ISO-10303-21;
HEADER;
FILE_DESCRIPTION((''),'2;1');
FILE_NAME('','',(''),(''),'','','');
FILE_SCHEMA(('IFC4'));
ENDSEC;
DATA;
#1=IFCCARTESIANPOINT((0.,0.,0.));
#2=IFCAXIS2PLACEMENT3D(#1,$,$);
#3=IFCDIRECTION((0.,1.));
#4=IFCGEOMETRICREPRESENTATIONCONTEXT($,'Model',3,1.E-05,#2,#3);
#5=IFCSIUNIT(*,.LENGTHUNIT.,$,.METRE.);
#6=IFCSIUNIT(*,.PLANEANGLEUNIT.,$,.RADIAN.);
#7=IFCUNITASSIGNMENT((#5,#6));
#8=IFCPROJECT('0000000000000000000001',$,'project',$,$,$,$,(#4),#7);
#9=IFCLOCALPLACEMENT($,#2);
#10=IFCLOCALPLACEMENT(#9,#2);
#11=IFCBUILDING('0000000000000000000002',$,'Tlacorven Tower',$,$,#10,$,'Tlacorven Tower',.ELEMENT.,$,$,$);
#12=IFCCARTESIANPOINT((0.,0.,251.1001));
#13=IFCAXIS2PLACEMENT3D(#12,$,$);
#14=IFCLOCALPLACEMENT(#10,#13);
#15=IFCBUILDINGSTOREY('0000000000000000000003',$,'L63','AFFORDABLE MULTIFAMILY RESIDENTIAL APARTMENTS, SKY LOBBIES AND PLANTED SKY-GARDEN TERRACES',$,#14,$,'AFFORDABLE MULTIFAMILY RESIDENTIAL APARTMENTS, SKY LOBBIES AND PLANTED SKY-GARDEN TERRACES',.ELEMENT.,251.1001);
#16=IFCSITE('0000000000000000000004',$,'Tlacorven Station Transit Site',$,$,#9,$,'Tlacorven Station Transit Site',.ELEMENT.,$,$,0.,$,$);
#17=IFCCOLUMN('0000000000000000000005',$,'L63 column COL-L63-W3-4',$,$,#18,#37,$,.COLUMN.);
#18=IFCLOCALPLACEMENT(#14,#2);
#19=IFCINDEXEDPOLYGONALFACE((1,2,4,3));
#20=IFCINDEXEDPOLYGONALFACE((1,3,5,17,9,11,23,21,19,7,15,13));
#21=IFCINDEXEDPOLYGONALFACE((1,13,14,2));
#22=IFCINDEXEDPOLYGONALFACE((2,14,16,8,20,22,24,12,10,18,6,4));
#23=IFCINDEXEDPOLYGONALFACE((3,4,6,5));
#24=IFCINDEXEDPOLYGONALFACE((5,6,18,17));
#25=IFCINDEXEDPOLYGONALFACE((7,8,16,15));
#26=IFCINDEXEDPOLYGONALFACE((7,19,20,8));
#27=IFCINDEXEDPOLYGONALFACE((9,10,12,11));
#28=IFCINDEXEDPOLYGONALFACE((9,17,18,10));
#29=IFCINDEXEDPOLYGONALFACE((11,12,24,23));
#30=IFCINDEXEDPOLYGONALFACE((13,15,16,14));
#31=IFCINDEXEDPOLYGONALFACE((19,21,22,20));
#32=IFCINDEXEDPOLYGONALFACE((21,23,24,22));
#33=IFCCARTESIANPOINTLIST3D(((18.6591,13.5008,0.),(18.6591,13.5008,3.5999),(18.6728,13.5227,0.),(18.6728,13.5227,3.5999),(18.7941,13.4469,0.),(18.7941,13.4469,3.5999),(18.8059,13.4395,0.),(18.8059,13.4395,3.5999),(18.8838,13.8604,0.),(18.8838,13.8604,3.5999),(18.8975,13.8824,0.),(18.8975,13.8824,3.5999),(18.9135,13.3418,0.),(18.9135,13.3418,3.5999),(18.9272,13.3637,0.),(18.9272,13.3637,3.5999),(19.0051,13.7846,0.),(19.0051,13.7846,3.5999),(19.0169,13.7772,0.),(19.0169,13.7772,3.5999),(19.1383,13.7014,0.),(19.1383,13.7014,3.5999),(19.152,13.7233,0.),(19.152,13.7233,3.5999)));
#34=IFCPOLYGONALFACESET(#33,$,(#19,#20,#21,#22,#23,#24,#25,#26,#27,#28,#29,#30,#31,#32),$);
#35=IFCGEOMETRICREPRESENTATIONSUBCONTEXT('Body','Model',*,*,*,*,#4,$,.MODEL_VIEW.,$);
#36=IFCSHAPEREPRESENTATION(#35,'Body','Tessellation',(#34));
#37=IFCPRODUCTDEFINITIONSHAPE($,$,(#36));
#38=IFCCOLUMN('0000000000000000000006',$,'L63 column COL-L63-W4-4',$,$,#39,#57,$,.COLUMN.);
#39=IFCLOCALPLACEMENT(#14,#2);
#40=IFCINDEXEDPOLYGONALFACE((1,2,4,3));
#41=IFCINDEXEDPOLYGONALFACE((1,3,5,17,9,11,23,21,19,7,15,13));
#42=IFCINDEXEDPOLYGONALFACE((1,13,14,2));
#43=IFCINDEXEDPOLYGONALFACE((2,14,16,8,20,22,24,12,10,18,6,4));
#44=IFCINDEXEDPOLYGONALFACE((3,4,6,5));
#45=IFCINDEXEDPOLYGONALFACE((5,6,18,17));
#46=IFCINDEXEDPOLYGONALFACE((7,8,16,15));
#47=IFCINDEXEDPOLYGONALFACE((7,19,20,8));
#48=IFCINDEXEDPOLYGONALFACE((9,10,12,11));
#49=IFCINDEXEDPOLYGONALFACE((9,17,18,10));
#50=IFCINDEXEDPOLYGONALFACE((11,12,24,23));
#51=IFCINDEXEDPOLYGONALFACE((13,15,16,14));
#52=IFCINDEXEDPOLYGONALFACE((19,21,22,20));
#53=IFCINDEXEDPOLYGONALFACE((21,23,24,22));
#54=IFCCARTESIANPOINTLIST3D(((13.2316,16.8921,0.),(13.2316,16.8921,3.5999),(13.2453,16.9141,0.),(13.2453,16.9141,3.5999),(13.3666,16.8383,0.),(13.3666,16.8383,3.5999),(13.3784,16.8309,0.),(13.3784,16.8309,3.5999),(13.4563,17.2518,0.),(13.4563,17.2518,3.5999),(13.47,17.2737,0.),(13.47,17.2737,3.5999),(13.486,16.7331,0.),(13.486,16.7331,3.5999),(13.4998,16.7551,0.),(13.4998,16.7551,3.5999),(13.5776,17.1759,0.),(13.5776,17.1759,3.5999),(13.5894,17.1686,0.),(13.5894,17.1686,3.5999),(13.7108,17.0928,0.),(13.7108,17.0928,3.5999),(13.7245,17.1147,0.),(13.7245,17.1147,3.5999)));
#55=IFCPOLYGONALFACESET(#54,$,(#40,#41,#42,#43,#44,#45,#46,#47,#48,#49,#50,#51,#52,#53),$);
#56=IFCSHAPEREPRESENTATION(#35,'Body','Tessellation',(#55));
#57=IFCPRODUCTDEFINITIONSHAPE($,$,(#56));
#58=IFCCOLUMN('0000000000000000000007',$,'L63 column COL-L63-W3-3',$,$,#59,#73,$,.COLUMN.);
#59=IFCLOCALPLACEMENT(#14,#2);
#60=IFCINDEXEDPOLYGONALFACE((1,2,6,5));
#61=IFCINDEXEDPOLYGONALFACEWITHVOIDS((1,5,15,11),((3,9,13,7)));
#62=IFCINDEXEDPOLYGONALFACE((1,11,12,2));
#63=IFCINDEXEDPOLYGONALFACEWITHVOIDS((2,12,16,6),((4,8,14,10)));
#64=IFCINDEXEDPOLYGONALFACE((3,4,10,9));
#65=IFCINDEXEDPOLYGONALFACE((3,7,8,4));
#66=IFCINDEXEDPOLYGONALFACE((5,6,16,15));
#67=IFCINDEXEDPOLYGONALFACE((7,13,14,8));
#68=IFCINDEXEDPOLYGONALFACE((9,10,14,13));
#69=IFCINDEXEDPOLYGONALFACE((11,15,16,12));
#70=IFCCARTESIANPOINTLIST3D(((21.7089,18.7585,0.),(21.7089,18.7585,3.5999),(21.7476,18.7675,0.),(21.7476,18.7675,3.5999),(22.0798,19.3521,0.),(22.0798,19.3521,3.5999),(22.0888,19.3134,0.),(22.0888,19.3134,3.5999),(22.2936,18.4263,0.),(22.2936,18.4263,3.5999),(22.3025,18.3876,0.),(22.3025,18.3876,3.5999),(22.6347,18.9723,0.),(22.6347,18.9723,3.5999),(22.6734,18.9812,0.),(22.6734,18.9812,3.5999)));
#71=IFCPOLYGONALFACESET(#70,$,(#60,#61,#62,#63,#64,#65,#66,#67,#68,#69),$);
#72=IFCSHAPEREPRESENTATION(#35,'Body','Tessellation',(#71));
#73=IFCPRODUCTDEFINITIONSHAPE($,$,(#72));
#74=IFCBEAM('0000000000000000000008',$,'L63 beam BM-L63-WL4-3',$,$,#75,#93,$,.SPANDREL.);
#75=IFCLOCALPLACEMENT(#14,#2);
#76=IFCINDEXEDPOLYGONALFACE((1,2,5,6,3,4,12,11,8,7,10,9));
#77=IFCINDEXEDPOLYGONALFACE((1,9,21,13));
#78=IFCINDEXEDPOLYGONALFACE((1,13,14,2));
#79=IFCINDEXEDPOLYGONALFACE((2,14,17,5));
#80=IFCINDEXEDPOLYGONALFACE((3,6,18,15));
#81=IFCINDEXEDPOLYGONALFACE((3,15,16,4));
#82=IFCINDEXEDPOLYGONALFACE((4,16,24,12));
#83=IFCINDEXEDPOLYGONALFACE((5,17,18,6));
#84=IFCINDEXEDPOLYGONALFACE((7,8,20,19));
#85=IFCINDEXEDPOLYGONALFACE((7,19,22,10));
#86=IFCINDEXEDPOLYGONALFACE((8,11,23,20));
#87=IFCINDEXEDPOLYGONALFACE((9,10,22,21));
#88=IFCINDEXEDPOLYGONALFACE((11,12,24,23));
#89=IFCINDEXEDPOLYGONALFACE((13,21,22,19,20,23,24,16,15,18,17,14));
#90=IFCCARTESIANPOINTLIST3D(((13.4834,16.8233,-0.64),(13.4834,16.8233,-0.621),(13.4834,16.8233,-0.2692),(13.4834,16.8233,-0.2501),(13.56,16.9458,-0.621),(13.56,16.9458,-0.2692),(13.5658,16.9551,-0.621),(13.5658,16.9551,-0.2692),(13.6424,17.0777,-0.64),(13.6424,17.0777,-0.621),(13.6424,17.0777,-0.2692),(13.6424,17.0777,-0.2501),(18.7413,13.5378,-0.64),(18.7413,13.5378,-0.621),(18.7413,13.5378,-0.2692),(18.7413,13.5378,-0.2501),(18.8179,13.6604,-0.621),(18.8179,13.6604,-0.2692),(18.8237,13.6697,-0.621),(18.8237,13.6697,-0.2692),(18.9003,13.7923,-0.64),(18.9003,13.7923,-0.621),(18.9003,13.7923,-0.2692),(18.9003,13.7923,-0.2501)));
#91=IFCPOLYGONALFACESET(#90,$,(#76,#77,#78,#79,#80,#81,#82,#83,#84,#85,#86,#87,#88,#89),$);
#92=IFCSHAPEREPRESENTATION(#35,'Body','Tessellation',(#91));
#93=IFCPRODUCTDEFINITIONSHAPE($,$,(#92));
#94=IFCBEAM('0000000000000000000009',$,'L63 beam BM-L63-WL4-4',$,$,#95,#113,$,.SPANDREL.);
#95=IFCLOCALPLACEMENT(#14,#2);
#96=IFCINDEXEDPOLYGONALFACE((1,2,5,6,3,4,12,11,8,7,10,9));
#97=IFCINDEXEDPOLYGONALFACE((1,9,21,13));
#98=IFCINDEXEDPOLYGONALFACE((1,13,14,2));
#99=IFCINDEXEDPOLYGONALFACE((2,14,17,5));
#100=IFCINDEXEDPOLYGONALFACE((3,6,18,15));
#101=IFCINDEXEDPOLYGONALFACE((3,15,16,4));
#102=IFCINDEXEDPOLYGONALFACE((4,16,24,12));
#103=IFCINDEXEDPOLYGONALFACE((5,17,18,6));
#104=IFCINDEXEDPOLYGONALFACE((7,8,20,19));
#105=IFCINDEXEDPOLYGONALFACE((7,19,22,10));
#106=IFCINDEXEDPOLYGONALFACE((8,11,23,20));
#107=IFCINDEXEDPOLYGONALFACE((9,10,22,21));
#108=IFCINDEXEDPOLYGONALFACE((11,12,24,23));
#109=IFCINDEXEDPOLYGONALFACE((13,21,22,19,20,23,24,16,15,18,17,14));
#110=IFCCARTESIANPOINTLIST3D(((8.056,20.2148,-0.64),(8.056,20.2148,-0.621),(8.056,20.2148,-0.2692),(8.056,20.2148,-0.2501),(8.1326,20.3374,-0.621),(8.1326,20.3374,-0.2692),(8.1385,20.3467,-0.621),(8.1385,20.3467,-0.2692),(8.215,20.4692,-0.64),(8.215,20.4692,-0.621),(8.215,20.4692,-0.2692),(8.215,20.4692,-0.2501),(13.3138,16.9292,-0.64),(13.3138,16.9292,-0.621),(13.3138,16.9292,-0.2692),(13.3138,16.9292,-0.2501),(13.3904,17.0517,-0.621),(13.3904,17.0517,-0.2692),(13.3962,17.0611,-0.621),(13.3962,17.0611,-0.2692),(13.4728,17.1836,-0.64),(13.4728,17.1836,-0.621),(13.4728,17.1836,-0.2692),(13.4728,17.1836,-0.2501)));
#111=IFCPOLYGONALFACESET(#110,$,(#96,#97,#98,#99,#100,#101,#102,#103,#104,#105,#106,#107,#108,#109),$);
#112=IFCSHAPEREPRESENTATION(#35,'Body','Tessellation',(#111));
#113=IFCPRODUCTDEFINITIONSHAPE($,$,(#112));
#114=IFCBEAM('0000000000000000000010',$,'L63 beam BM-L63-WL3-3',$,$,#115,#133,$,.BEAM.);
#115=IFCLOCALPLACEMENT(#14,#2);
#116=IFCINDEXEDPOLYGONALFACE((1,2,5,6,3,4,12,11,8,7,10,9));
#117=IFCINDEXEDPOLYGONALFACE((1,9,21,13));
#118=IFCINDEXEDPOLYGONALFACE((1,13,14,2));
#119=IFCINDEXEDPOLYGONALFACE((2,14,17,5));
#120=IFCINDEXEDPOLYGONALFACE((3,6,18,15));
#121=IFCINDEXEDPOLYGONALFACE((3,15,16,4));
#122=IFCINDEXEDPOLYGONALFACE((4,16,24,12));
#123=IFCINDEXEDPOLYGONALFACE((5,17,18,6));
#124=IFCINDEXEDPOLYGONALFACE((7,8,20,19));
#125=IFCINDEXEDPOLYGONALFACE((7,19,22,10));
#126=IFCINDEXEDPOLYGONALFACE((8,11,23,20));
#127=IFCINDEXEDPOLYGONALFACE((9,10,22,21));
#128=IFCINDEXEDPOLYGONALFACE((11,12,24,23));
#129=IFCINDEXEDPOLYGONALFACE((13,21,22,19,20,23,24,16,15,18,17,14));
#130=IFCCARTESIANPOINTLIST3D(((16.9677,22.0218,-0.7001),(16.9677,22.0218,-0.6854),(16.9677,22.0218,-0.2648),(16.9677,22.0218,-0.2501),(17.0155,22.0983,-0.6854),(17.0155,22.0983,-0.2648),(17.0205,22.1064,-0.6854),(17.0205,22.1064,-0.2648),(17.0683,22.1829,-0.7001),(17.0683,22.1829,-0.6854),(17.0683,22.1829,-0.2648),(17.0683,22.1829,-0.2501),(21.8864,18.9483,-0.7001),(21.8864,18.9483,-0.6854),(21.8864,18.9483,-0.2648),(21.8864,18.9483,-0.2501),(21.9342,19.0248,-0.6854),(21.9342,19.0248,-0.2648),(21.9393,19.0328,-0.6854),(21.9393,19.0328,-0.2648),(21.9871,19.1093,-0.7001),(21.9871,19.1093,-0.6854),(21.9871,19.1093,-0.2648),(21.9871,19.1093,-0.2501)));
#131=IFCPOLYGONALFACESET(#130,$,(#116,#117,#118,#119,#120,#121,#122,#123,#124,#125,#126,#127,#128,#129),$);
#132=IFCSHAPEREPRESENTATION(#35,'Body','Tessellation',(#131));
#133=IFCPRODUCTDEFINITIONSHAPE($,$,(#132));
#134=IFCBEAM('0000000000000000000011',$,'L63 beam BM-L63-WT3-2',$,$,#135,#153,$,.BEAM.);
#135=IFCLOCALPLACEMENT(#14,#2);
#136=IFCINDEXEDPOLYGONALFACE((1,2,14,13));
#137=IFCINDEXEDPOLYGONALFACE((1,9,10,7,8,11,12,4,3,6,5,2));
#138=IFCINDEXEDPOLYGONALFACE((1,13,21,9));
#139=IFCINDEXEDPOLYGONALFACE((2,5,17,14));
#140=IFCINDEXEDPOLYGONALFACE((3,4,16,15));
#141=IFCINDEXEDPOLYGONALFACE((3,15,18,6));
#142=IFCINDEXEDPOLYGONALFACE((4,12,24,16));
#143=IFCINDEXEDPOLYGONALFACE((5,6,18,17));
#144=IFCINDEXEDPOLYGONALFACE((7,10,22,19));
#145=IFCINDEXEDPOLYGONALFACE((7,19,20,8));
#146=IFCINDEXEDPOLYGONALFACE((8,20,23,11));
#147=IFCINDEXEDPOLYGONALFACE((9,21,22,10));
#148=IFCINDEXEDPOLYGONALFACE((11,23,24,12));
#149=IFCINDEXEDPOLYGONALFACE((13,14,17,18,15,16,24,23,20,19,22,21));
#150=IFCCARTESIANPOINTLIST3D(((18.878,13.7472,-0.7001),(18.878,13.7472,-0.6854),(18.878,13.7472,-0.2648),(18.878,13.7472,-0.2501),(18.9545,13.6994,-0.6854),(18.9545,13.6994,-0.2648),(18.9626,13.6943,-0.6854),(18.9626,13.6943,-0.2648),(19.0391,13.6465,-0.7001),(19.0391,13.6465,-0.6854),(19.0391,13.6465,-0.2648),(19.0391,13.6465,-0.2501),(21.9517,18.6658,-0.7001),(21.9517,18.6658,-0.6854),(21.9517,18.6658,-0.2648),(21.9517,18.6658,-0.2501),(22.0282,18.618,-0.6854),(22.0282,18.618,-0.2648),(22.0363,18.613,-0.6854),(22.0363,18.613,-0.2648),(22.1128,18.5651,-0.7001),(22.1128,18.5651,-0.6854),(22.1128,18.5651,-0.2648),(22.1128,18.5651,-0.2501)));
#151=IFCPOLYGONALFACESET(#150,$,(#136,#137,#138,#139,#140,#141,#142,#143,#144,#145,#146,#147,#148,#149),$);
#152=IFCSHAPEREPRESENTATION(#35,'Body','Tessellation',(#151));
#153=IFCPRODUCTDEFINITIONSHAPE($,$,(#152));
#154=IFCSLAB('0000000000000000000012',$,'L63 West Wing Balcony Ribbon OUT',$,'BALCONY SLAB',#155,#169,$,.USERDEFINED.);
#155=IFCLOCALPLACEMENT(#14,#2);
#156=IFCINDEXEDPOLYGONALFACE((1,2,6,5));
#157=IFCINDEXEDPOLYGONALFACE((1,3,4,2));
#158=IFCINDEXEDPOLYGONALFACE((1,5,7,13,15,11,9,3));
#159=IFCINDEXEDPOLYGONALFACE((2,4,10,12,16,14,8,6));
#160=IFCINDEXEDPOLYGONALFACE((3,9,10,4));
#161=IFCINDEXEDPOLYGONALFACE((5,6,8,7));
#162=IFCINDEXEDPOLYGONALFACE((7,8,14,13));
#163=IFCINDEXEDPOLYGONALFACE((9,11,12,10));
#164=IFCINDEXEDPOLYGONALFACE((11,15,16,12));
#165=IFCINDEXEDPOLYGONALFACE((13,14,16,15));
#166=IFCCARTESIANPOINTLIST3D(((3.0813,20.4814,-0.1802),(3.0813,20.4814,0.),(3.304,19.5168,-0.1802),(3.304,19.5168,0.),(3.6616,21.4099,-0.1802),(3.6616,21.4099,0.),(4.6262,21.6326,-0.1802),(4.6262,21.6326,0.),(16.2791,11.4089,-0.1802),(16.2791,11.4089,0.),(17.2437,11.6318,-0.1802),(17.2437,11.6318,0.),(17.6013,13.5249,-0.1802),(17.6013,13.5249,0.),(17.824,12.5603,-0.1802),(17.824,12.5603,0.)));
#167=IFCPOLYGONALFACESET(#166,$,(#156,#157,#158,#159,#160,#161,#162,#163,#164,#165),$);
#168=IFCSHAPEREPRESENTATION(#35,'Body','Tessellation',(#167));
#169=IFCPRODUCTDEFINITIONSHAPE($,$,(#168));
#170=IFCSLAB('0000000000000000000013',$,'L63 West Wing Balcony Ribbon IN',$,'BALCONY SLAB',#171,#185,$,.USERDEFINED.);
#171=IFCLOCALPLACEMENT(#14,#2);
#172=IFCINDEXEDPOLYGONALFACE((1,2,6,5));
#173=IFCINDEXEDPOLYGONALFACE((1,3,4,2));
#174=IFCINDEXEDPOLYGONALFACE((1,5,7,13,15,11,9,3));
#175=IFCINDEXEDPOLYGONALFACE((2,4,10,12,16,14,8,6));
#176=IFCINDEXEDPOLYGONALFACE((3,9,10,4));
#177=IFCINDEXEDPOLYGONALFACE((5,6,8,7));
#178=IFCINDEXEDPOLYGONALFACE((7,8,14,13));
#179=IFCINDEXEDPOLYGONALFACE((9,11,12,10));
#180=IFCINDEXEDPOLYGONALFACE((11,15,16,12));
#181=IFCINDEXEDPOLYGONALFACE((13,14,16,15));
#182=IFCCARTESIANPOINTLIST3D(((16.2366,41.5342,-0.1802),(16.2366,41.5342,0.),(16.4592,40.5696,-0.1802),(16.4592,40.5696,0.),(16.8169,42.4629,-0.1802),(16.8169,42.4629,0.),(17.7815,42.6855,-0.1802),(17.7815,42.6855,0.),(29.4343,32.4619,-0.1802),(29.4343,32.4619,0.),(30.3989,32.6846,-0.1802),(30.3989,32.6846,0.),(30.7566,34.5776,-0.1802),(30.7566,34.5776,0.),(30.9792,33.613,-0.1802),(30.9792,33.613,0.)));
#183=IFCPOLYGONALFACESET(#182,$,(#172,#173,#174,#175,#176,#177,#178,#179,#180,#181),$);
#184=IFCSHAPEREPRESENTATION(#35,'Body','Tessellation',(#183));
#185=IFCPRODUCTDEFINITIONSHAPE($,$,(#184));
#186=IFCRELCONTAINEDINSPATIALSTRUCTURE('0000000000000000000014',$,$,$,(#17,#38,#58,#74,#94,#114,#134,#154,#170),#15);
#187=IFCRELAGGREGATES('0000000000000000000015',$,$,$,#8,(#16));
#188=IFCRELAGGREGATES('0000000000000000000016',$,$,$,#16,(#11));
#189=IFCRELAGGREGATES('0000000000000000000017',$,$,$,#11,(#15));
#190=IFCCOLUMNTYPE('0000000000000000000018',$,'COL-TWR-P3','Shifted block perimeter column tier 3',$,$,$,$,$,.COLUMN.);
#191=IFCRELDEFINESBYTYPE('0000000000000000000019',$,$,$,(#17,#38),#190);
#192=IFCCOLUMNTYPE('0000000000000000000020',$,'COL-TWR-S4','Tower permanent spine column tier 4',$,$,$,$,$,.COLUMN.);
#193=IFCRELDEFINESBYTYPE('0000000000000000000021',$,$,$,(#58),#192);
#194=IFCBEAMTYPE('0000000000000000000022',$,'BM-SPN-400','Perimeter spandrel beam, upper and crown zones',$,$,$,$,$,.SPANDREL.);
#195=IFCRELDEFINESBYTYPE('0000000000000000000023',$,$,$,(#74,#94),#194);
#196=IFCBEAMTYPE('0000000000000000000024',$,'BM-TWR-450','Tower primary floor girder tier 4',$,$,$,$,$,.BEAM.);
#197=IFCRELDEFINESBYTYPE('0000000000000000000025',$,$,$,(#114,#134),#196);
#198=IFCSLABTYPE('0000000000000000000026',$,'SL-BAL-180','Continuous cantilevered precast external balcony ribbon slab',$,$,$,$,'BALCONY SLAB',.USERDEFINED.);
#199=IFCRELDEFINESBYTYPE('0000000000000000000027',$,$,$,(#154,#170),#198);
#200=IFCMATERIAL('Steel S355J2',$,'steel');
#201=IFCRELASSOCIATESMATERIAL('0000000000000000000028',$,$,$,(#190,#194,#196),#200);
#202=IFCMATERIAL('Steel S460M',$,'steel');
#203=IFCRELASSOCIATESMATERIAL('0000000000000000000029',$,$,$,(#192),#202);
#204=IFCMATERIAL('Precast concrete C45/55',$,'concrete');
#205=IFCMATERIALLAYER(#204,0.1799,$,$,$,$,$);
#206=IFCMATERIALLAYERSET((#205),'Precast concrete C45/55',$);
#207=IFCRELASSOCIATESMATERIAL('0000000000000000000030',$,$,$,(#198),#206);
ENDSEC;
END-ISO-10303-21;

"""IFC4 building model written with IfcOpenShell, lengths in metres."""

from ifc_helpers import new_model, si_unit, direction, frame, origin, origin_2d, place, context, subcontext, project, spatial, polyline, hollow_rectangle, i_section, outline, extrude, source, transform, mapped, material, layer, layer_set, material_profile, profile_set, type_object, element, save


model = new_model("IFC4")

# Units and contexts
model_context = context("Model", 3, precision=1e-05, world=origin(), true_north=direction((0.0, 1.0)))
body_context = subcontext(model_context, "Body", "Model", "MODEL_VIEW")
ifc_project = project(units=[si_unit("LENGTHUNIT", "METRE"), si_unit("PLANEANGLEUNIT", "RADIAN")], contexts=[model_context])

# Site, building, storey
site_placement = place(None, origin())
site = spatial("IfcSite", under=ifc_project, at=site_placement, Name="Tlacorven Station Transit Site", LongName="Tlacorven Station Transit Site", CompositionType="ELEMENT", RefElevation=0.0)
building_placement = place(site_placement, origin())
building = spatial("IfcBuilding", under=site, at=building_placement, Name="Tlacorven Tower", LongName="Tlacorven Tower", CompositionType="ELEMENT")
storey_placement = place(building_placement, frame((0.0, 0.0, 251.1001)))
storey = spatial("IfcBuildingStorey", under=building, at=storey_placement, Name="L63", Description="AFFORDABLE MULTIFAMILY RESIDENTIAL APARTMENTS, SKY LOBBIES AND PLANTED SKY-GARDEN TERRACES", LongName="AFFORDABLE MULTIFAMILY RESIDENTIAL APARTMENTS, SKY LOBBIES AND PLANTED SKY-GARDEN TERRACES", CompositionType="ELEMENT", Elevation=251.1001)

# Columns
ifc_material_1 = material(Name="Steel S355J2", Category="steel")
ifc_material_profile_1 = material_profile(ifc_material_1, i_section(OverallWidth=0.3, OverallDepth=0.45, WebThickness=0.0139, FlangeThickness=0.0259, at=origin_2d()), Name="HEB 450")
ifc_profile_set_1 = profile_set([ifc_material_profile_1], Name="Steel S355J2")
column_type_1 = type_object("IfcColumnType", Name="COL-TWR-P3", Description="Shifted block perimeter column tier 3", PredefinedType="COLUMN", material=ifc_profile_set_1)
shared_shape_1 = source(origin(), body_context, "Body", "SweptSolid", [
    extrude(i_section(OverallWidth=0.3, OverallDepth=0.45, WebThickness=0.0139, FlangeThickness=0.0259, at=origin_2d()), origin(), (0.0, 0.0, 1.0), 3.5999),
])
for number, where, z_axis, x_axis, name in (
    (1, (18.9055, 13.6121, 0.0), (0.0, 0.0, 1.0), (-0.848048, 0.529919, 0.0), "L63 column COL-L63-W3-4"),
    (2, (13.478, 17.0034, 0.0), (0.0, 0.0, 1.0), (-0.848048, 0.529919, 0.0), "L63 column COL-L63-W4-4"),
):
    element("IfcColumn", number, at=place(storey_placement, frame(where, z_axis=z_axis, x_axis=x_axis)), inside=storey, type_object=column_type_1, Name=name, PredefinedType="COLUMN", context=body_context, shape_type="MappedRepresentation", body=[
        mapped(shared_shape_1, transform((0.0, 0.0, 0.0), scale=1.0)),
    ])
ifc_material_2 = material(Name="Steel S460M", Category="steel")
ifc_material_profile_2 = material_profile(ifc_material_2, hollow_rectangle(XDim=0.7, YDim=0.7, WallThickness=0.0281, at=origin_2d()), Name="BOX 700X700X28")
ifc_profile_set_2 = profile_set([ifc_material_profile_2], Name="Steel S460M")
column_type_2 = type_object("IfcColumnType", Name="COL-TWR-S4", Description="Tower permanent spine column tier 4", PredefinedType="COLUMN", material=ifc_profile_set_2)
shared_shape_2 = source(origin(), body_context, "Body", "SweptSolid", [
    extrude(hollow_rectangle(XDim=0.7, YDim=0.7, WallThickness=0.0281, at=origin_2d()), origin(), (0.0, 0.0, 1.0), 3.5999),
])
column_placement = place(storey_placement, frame((22.1912, 18.8699, 0.0), z_axis=(0.0, 0.0, 1.0), x_axis=(-0.848048, 0.529919, 0.0)))
element("IfcColumn", 3, at=column_placement, inside=storey, type_object=column_type_2, Name="L63 column COL-L63-W3-3", PredefinedType="COLUMN", context=body_context, shape_type="MappedRepresentation", body=[
    mapped(shared_shape_2, transform((0.0, 0.0, 0.0), scale=1.0)),
])

# Beams
ifc_material_profile_3 = material_profile(ifc_material_1, i_section(OverallWidth=0.3, OverallDepth=0.3899, WebThickness=0.011, FlangeThickness=0.019, at=origin_2d()), Name="HEA 400")
ifc_profile_set_3 = profile_set([ifc_material_profile_3], Name="Steel S355J2")
beam_type_1 = type_object("IfcBeamType", Name="BM-SPN-400", Description="Perimeter spandrel beam, upper and crown zones", PredefinedType="SPANDREL", material=ifc_profile_set_3)
shared_shape_3 = source(origin(), body_context, "Body", "SweptSolid", [
    extrude(i_section(OverallWidth=0.3, OverallDepth=0.3899, WebThickness=0.011, FlangeThickness=0.019, at=origin_2d()), origin(), (0.0, 0.0, 1.0), 6.2),
])
for number, where, z_axis, x_axis, name in (
    (4, (18.8208, 13.665, -0.4451), (-0.848051, 0.529914, 0.0), (-0.529914, -0.848051, 0.0), "L63 beam BM-L63-WL4-3"),
    (5, (13.3933, 17.0564, -0.4451), (-0.848034, 0.529942, 0.0), (-0.529942, -0.848034, 0.0), "L63 beam BM-L63-WL4-4"),
):
    element("IfcBeam", number, at=place(storey_placement, frame(where, z_axis=z_axis, x_axis=x_axis)), inside=storey, type_object=beam_type_1, Name=name, PredefinedType="SPANDREL", context=body_context, shape_type="MappedRepresentation", body=[
        mapped(shared_shape_3, transform((0.0, 0.0, 0.0), scale=1.0)),
    ])
ifc_material_profile_4 = material_profile(ifc_material_1, i_section(OverallWidth=0.1899, OverallDepth=0.45, WebThickness=0.0095, FlangeThickness=0.0146, at=origin_2d()), Name="IPE 450")
ifc_profile_set_4 = profile_set([ifc_material_profile_4], Name="Steel S355J2")
beam_type_2 = type_object("IfcBeamType", Name="BM-TWR-450", Description="Tower primary floor girder tier 4", PredefinedType="BEAM", material=ifc_profile_set_4)
shared_shape_4 = source(origin(), body_context, "Body", "SweptSolid", [
    extrude(i_section(OverallWidth=0.1899, OverallDepth=0.45, WebThickness=0.0095, FlangeThickness=0.0146, at=origin_2d()), origin(), (0.0, 0.0, 1.0), 5.8),
])
for number, where, z_axis, x_axis, name in (
    (6, (21.9368, 19.0288, -0.4751), (-0.848053, 0.529912, 0.0), (-0.529912, -0.848053, 0.0), "L63 beam BM-L63-WL3-3"),
    (7, (22.0322, 18.6155, -0.4751), (-0.529942, -0.848034, 0.0), (0.848034, -0.529942, 0.0), "L63 beam BM-L63-WT3-2"),
):
    element("IfcBeam", number, at=place(storey_placement, frame(where, z_axis=z_axis, x_axis=x_axis)), inside=storey, type_object=beam_type_2, Name=name, PredefinedType="BEAM", context=body_context, shape_type="MappedRepresentation", body=[
        mapped(shared_shape_4, transform((0.0, 0.0, 0.0), scale=1.0)),
    ])

# Slabs
ifc_material_3 = material(Name="Precast concrete C45/55", Category="concrete")
ifc_layer_1 = layer(ifc_material_3, 0.1799)
ifc_layer_set_1 = layer_set([ifc_layer_1], Name="Precast concrete C45/55")
slab_type_1 = type_object("IfcSlabType", Name="SL-BAL-180", Description="Continuous cantilevered precast external balcony ribbon slab", ElementType="BALCONY SLAB", PredefinedType="USERDEFINED", material=ifc_layer_set_1)
slab_1_placement = place(storey_placement, frame((0.0, 0.0, -0.1802)))
element("IfcSlab", 8, at=slab_1_placement, inside=storey, type_object=slab_type_1, Name="L63 West Wing Balcony Ribbon OUT", ObjectType="BALCONY SLAB", PredefinedType="USERDEFINED", context=body_context, shape_type="SweptSolid", body=[
    extrude(outline(polyline([(17.6013, 13.5249), (4.6262, 21.6326), (3.6616, 21.4099), (3.0813, 20.4814), (3.304, 19.5168), (16.2791, 11.4089), (17.2437, 11.6318), (17.824, 12.5603), (17.6013, 13.5249)])), origin(), (0.0, 0.0, 1.0), 0.1802),
])
slab_2_placement = place(storey_placement, frame((0.0, 0.0, -0.1802)))
element("IfcSlab", 9, at=slab_2_placement, inside=storey, type_object=slab_type_1, Name="L63 West Wing Balcony Ribbon IN", ObjectType="BALCONY SLAB", PredefinedType="USERDEFINED", context=body_context, shape_type="SweptSolid", body=[
    extrude(outline(polyline([(30.7566, 34.5776), (17.7815, 42.6855), (16.8169, 42.4629), (16.2366, 41.5342), (16.4592, 40.5696), (29.4343, 32.4619), (30.3989, 32.6846), (30.9792, 33.613), (30.7566, 34.5776)])), origin(), (0.0, 0.0, 1.0), 0.1802),
])

save(model, "model.ifc")
